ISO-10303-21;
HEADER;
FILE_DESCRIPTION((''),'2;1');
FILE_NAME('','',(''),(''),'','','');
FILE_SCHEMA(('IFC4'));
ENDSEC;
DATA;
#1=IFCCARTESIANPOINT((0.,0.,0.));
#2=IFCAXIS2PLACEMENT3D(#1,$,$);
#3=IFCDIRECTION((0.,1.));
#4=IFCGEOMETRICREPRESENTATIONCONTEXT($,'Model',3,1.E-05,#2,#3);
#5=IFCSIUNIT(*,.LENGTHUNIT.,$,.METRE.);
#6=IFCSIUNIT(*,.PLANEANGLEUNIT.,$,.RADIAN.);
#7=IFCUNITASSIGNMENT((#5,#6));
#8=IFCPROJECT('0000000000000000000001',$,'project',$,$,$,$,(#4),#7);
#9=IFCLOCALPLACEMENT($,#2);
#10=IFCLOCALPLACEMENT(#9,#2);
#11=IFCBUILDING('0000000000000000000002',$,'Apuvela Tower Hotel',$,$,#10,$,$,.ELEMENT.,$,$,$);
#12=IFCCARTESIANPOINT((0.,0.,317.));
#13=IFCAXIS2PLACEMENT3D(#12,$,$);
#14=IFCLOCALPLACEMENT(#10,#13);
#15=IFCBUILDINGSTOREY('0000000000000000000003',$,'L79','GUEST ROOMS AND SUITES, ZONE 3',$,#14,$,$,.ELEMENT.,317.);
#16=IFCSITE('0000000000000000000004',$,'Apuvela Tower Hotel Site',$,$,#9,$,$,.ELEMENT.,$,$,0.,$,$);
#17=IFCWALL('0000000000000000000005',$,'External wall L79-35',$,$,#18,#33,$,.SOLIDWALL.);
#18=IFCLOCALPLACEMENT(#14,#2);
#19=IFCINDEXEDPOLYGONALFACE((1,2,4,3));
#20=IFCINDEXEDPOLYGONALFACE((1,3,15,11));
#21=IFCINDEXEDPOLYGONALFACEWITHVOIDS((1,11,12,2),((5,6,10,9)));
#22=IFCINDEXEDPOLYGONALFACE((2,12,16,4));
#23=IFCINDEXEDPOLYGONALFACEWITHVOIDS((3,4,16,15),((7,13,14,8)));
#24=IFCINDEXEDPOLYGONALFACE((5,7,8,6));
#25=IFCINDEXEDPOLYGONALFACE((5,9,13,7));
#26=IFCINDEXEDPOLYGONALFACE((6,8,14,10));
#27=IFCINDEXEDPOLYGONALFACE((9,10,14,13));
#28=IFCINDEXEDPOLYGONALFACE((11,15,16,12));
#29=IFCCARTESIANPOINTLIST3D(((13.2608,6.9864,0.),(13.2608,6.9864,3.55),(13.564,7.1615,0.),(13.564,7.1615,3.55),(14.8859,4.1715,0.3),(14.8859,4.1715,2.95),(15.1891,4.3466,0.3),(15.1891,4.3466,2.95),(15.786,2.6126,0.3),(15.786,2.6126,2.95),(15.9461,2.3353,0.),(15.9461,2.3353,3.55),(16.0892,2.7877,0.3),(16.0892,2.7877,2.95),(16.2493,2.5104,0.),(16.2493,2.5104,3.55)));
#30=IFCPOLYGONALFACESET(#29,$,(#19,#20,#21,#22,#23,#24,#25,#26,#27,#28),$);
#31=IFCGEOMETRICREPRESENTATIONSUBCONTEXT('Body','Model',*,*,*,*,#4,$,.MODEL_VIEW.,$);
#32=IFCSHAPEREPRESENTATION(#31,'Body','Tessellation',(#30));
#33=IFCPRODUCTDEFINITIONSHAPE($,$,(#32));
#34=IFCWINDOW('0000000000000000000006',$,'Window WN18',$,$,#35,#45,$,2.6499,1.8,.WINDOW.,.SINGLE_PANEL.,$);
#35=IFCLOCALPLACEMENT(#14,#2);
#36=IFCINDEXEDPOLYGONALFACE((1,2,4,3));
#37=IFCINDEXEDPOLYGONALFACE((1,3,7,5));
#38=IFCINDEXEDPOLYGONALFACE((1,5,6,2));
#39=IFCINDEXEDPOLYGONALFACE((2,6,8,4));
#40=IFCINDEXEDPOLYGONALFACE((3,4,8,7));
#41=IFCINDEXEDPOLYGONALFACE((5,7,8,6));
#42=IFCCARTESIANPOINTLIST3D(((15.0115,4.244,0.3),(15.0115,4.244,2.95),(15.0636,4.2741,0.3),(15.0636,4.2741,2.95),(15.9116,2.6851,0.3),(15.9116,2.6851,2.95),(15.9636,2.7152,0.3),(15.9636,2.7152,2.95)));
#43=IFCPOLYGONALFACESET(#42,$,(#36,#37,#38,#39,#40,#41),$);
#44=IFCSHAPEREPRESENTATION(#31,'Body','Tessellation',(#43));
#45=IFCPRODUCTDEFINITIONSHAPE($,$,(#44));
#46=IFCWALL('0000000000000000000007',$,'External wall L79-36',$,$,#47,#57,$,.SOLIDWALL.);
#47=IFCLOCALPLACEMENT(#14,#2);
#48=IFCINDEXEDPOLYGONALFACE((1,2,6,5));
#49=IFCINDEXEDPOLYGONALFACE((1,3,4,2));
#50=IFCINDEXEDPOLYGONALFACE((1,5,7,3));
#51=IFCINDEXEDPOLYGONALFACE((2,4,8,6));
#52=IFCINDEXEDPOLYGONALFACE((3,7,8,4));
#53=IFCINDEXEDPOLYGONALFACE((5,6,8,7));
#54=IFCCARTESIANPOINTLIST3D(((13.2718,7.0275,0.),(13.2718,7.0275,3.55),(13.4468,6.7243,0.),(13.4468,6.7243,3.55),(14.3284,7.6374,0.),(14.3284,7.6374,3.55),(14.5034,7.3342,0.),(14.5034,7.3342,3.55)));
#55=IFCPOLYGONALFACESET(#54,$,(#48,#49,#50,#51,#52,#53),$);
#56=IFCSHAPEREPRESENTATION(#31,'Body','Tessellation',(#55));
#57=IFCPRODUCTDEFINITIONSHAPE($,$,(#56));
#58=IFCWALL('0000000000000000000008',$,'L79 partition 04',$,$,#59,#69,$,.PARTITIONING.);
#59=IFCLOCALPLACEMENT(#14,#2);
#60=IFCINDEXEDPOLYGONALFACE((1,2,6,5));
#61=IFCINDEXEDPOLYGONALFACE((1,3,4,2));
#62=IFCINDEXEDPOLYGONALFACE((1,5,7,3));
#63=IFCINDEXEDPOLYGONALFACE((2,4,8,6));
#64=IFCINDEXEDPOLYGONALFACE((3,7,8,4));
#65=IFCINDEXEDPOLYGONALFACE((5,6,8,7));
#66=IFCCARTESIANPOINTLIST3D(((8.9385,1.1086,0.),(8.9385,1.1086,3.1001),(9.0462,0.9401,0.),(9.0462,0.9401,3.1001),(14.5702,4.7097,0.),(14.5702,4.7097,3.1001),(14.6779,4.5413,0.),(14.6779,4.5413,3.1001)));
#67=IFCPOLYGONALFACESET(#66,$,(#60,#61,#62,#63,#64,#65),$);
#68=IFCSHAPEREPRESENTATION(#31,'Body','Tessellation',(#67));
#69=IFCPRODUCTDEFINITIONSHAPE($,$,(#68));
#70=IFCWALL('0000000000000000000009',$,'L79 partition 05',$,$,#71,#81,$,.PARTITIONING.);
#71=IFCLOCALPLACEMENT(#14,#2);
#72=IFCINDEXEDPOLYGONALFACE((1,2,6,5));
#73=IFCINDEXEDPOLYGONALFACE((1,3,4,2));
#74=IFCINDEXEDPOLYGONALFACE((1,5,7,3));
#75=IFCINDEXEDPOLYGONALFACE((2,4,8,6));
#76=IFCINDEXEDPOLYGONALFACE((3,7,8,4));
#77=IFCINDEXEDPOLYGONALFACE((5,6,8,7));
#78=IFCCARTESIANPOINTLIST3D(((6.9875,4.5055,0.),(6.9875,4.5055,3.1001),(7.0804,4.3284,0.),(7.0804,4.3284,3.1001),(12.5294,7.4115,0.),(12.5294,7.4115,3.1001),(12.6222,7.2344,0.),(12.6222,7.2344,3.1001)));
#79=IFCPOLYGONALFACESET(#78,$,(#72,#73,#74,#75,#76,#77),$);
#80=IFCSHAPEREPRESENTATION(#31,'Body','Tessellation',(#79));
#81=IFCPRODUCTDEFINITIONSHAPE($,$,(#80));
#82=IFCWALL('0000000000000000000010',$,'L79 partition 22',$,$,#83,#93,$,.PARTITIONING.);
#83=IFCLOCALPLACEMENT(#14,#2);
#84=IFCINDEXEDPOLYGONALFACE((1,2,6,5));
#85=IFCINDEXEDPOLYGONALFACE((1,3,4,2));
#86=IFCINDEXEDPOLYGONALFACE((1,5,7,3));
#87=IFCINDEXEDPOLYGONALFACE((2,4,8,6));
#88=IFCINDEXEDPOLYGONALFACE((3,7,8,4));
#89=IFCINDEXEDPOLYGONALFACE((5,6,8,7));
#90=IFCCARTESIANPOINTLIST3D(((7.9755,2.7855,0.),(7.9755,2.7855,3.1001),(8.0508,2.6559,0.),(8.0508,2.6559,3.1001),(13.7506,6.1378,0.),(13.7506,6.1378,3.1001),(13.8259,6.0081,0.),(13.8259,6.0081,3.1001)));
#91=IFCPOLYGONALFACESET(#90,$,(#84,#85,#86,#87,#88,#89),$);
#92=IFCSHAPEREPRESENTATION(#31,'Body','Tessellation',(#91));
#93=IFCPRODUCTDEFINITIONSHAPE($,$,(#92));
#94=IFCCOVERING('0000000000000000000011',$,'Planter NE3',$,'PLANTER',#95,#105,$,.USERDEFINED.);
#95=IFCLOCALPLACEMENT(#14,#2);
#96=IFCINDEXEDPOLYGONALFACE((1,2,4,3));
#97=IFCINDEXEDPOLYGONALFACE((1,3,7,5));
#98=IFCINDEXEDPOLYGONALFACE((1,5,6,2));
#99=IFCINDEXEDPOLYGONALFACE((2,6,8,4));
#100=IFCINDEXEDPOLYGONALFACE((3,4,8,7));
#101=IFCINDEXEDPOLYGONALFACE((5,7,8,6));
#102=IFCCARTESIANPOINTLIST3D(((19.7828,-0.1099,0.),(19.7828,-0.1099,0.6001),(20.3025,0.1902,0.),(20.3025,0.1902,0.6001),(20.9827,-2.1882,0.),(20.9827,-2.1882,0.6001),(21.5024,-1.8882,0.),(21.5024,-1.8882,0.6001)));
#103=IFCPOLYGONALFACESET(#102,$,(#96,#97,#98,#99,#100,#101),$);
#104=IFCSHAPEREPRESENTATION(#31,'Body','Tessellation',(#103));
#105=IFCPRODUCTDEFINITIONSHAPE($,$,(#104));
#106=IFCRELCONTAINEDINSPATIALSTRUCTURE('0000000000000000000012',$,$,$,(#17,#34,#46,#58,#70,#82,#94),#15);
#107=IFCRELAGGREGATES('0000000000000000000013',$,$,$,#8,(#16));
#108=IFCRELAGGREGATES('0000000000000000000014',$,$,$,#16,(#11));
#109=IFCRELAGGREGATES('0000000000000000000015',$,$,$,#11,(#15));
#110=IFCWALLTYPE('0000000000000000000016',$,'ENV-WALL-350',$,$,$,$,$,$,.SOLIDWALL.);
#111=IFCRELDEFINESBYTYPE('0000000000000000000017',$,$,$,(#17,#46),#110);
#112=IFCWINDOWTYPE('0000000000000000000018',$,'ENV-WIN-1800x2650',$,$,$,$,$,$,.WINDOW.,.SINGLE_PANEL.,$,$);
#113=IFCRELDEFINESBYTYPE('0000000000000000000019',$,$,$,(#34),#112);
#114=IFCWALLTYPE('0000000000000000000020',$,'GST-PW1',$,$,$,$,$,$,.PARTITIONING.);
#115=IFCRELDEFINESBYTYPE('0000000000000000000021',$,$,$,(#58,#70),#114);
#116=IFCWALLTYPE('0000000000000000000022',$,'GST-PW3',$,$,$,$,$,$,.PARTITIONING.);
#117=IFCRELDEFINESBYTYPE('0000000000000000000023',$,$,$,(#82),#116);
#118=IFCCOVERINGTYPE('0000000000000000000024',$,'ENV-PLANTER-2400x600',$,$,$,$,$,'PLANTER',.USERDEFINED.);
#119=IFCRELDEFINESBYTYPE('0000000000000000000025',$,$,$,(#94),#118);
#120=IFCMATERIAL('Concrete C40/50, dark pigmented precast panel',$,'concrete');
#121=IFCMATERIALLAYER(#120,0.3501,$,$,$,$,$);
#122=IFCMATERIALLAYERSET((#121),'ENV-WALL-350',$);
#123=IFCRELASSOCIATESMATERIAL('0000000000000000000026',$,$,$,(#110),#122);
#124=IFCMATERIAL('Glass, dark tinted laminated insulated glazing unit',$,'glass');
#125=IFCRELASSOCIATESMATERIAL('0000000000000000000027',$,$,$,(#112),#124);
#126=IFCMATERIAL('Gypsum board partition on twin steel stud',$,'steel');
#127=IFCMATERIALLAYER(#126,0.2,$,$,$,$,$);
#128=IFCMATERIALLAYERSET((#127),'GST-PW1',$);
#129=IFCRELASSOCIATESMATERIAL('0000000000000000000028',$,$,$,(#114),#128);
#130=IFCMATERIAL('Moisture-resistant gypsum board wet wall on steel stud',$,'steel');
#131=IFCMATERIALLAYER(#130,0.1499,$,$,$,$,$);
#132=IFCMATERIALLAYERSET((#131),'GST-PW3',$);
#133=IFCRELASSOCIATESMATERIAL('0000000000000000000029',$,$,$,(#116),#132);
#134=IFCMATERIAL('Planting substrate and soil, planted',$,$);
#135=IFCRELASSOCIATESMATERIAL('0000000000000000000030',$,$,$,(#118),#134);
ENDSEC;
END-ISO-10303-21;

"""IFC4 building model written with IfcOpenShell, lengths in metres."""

from ifc_helpers import new_model, si_unit, direction, frame, frame_2d, origin, origin_2d, place, context, subcontext, project, spatial, rectangle, extrude, material, layer, layer_set, type_object, element, fill, save


model = new_model("IFC4")

# Units and contexts
model_context = context("Model", 3, precision=1e-05, world=origin(), true_north=direction((0.0, 1.0)))
body_context = subcontext(model_context, "Body", "Model", "MODEL_VIEW")
ifc_project = project(units=[si_unit("LENGTHUNIT", "METRE"), si_unit("PLANEANGLEUNIT", "RADIAN")], contexts=[model_context])

# Site, building, storey
site_placement = place(None, origin())
site = spatial("IfcSite", under=ifc_project, at=site_placement, Name="Apuvela Tower Hotel Site", CompositionType="ELEMENT", RefElevation=0.0)
building_placement = place(site_placement, origin())
building = spatial("IfcBuilding", under=site, at=building_placement, Name="Apuvela Tower Hotel", CompositionType="ELEMENT")
storey_placement = place(building_placement, frame((0.0, 0.0, 317.0)))
storey = spatial("IfcBuildingStorey", under=building, at=storey_placement, Name="L79", Description="GUEST ROOMS AND SUITES, ZONE 3", CompositionType="ELEMENT", Elevation=317.0)

# Shared definitions
ifc_material_1 = material(Name="Concrete C40/50, dark pigmented precast panel", Category="concrete")
ifc_layer_1 = layer(ifc_material_1, 0.3501)
ifc_layer_set_1 = layer_set([ifc_layer_1], Name="ENV-WALL-350")
wall_type_1 = type_object("IfcWallType", Name="ENV-WALL-350", PredefinedType="SOLIDWALL", material=ifc_layer_set_1)

# Wall, opening, window
wall_1_placement = place(storey_placement, frame((16.0977, 2.4229, 0.0), z_axis=(0.0, 0.0, 1.0), x_axis=(-0.499997, 0.866027, 0.0)))
wall_1 = element("IfcWall", 1, at=wall_1_placement, inside=storey, type_object=wall_type_1, Name="External wall L79-35", PredefinedType="SOLIDWALL", context=body_context, shape_type="SweptSolid", body=[
    extrude(rectangle(XDim=5.3706, YDim=0.3501, at=frame_2d((2.6853, 0.0))), origin(), (0.0, 0.0, 1.0), 3.55),
])
opening_1_placement = place(wall_1_placement, frame((0.3203, 0.0, 0.3)))
opening_1 = element("IfcOpeningElement", 2, at=opening_1_placement, cuts=wall_1, PredefinedType="OPENING", context=body_context, shape_type="SweptSolid", body=[
    extrude(rectangle(XDim=1.8, YDim=2.6499, at=frame_2d((0.8999, 1.325))), frame((0.0, 0.1851, 0.0), z_axis=(0.0, -1.0, 0.0), x_axis=(1.0, 0.0, 0.0)), (0.0, 0.0, 1.0), 0.3701),
])
ifc_material_2 = material(Name="Glass, dark tinted laminated insulated glazing unit", Category="glass")
window_type_1 = type_object("IfcWindowType", Name="ENV-WIN-1800x2650", PartitioningType="SINGLE_PANEL", PredefinedType="WINDOW", material=ifc_material_2)
window_1_placement = place(opening_1_placement, origin())
window_1 = element("IfcWindow", 3, at=window_1_placement, inside=storey, type_object=window_type_1, Name="Window WN18", OverallHeight=2.6499, OverallWidth=1.8, PartitioningType="SINGLE_PANEL", PredefinedType="WINDOW", context=body_context, shape_type="SweptSolid", body=[
    extrude(rectangle(XDim=1.8, YDim=2.6499, at=frame_2d((0.8999, 1.325))), frame((0.0, 0.03, 0.0), z_axis=(0.0, -1.0, 0.0), x_axis=(1.0, 0.0, 0.0)), (0.0, 0.0, 1.0), 0.0601),
])
fill(opening_1, window_1)

# Wall
wall_2_placement = place(storey_placement, frame((13.3594, 6.876, 0.0), z_axis=(0.0, 0.0, 1.0), x_axis=(0.866092, 0.499884, 0.0)))
element("IfcWall", 4, at=wall_2_placement, inside=storey, type_object=wall_type_1, Name="External wall L79-36", PredefinedType="SOLIDWALL", context=body_context, shape_type="SweptSolid", body=[
    extrude(rectangle(XDim=1.22, YDim=0.3501, at=frame_2d((0.6099, 0.0))), origin(), (0.0, 0.0, 1.0), 3.55),
])

# Walls
ifc_material_3 = material(Name="Gypsum board partition on twin steel stud", Category="steel")
ifc_layer_2 = layer(ifc_material_3, 0.2)
ifc_layer_set_2 = layer_set([ifc_layer_2], Name="GST-PW1")
wall_type_2 = type_object("IfcWallType", Name="GST-PW1", PredefinedType="PARTITIONING", material=ifc_layer_set_2)
wall_3_placement = place(storey_placement, frame((14.624, 4.6255, 0.0), z_axis=(0.0, 0.0, 1.0), x_axis=(-0.842485, -0.53872, 0.0)))
element("IfcWall", 5, at=wall_3_placement, inside=storey, type_object=wall_type_2, Name="L79 partition 04", PredefinedType="PARTITIONING", context=body_context, shape_type="SweptSolid", body=[
    extrude(rectangle(XDim=6.6846, YDim=0.2, at=frame_2d((3.3423, 0.0))), origin(), (0.0, 0.0, 1.0), 3.1001),
])
wall_4_placement = place(storey_placement, frame((12.5759, 7.323, 0.0), z_axis=(0.0, 0.0, 1.0), x_axis=(-0.885631, -0.46439, 0.0)))
element("IfcWall", 6, at=wall_4_placement, inside=storey, type_object=wall_type_2, Name="L79 partition 05", PredefinedType="PARTITIONING", context=body_context, shape_type="SweptSolid", body=[
    extrude(rectangle(XDim=6.2576, YDim=0.2, at=frame_2d((3.1289, 0.0))), origin(), (0.0, 0.0, 1.0), 3.1001),
])
ifc_material_4 = material(Name="Moisture-resistant gypsum board wet wall on steel stud", Category="steel")
ifc_layer_3 = layer(ifc_material_4, 0.1499)
ifc_layer_set_3 = layer_set([ifc_layer_3], Name="GST-PW3")
wall_type_3 = type_object("IfcWallType", Name="GST-PW3", PredefinedType="PARTITIONING", material=ifc_layer_set_3)
wall_5_placement = place(storey_placement, frame((13.7883, 6.073, 0.0), z_axis=(0.0, 0.0, 1.0), x_axis=(-0.864855, -0.502022, 0.0)))
element("IfcWall", 7, at=wall_5_placement, inside=storey, type_object=wall_type_3, Name="L79 partition 22", PredefinedType="PARTITIONING", context=body_context, shape_type="SweptSolid", body=[
    extrude(rectangle(XDim=6.6775, YDim=0.1499, at=frame_2d((3.3389, 0.0))), origin(), (0.0, 0.0, 1.0), 3.1001),
])

# Covering
ifc_material_5 = material(Name="Planting substrate and soil, planted")
covering_type = type_object("IfcCoveringType", Name="ENV-PLANTER-2400x600", ElementType="PLANTER", PredefinedType="USERDEFINED", material=ifc_material_5)
covering_placement = place(storey_placement, frame((20.6426, -0.999, 0.0), z_axis=(0.0, 0.0, 1.0), x_axis=(-0.5, 0.866025, 0.0)))
element("IfcCovering", 8, at=covering_placement, inside=storey, type_object=covering_type, Name="Planter NE3", ObjectType="PLANTER", PredefinedType="USERDEFINED", context=body_context, shape_type="SweptSolid", body=[
    extrude(rectangle(XDim=2.3999, YDim=0.6001, at=origin_2d()), origin(), (0.0, 0.0, 1.0), 0.6001),
])

save(model, "model.ifc")
